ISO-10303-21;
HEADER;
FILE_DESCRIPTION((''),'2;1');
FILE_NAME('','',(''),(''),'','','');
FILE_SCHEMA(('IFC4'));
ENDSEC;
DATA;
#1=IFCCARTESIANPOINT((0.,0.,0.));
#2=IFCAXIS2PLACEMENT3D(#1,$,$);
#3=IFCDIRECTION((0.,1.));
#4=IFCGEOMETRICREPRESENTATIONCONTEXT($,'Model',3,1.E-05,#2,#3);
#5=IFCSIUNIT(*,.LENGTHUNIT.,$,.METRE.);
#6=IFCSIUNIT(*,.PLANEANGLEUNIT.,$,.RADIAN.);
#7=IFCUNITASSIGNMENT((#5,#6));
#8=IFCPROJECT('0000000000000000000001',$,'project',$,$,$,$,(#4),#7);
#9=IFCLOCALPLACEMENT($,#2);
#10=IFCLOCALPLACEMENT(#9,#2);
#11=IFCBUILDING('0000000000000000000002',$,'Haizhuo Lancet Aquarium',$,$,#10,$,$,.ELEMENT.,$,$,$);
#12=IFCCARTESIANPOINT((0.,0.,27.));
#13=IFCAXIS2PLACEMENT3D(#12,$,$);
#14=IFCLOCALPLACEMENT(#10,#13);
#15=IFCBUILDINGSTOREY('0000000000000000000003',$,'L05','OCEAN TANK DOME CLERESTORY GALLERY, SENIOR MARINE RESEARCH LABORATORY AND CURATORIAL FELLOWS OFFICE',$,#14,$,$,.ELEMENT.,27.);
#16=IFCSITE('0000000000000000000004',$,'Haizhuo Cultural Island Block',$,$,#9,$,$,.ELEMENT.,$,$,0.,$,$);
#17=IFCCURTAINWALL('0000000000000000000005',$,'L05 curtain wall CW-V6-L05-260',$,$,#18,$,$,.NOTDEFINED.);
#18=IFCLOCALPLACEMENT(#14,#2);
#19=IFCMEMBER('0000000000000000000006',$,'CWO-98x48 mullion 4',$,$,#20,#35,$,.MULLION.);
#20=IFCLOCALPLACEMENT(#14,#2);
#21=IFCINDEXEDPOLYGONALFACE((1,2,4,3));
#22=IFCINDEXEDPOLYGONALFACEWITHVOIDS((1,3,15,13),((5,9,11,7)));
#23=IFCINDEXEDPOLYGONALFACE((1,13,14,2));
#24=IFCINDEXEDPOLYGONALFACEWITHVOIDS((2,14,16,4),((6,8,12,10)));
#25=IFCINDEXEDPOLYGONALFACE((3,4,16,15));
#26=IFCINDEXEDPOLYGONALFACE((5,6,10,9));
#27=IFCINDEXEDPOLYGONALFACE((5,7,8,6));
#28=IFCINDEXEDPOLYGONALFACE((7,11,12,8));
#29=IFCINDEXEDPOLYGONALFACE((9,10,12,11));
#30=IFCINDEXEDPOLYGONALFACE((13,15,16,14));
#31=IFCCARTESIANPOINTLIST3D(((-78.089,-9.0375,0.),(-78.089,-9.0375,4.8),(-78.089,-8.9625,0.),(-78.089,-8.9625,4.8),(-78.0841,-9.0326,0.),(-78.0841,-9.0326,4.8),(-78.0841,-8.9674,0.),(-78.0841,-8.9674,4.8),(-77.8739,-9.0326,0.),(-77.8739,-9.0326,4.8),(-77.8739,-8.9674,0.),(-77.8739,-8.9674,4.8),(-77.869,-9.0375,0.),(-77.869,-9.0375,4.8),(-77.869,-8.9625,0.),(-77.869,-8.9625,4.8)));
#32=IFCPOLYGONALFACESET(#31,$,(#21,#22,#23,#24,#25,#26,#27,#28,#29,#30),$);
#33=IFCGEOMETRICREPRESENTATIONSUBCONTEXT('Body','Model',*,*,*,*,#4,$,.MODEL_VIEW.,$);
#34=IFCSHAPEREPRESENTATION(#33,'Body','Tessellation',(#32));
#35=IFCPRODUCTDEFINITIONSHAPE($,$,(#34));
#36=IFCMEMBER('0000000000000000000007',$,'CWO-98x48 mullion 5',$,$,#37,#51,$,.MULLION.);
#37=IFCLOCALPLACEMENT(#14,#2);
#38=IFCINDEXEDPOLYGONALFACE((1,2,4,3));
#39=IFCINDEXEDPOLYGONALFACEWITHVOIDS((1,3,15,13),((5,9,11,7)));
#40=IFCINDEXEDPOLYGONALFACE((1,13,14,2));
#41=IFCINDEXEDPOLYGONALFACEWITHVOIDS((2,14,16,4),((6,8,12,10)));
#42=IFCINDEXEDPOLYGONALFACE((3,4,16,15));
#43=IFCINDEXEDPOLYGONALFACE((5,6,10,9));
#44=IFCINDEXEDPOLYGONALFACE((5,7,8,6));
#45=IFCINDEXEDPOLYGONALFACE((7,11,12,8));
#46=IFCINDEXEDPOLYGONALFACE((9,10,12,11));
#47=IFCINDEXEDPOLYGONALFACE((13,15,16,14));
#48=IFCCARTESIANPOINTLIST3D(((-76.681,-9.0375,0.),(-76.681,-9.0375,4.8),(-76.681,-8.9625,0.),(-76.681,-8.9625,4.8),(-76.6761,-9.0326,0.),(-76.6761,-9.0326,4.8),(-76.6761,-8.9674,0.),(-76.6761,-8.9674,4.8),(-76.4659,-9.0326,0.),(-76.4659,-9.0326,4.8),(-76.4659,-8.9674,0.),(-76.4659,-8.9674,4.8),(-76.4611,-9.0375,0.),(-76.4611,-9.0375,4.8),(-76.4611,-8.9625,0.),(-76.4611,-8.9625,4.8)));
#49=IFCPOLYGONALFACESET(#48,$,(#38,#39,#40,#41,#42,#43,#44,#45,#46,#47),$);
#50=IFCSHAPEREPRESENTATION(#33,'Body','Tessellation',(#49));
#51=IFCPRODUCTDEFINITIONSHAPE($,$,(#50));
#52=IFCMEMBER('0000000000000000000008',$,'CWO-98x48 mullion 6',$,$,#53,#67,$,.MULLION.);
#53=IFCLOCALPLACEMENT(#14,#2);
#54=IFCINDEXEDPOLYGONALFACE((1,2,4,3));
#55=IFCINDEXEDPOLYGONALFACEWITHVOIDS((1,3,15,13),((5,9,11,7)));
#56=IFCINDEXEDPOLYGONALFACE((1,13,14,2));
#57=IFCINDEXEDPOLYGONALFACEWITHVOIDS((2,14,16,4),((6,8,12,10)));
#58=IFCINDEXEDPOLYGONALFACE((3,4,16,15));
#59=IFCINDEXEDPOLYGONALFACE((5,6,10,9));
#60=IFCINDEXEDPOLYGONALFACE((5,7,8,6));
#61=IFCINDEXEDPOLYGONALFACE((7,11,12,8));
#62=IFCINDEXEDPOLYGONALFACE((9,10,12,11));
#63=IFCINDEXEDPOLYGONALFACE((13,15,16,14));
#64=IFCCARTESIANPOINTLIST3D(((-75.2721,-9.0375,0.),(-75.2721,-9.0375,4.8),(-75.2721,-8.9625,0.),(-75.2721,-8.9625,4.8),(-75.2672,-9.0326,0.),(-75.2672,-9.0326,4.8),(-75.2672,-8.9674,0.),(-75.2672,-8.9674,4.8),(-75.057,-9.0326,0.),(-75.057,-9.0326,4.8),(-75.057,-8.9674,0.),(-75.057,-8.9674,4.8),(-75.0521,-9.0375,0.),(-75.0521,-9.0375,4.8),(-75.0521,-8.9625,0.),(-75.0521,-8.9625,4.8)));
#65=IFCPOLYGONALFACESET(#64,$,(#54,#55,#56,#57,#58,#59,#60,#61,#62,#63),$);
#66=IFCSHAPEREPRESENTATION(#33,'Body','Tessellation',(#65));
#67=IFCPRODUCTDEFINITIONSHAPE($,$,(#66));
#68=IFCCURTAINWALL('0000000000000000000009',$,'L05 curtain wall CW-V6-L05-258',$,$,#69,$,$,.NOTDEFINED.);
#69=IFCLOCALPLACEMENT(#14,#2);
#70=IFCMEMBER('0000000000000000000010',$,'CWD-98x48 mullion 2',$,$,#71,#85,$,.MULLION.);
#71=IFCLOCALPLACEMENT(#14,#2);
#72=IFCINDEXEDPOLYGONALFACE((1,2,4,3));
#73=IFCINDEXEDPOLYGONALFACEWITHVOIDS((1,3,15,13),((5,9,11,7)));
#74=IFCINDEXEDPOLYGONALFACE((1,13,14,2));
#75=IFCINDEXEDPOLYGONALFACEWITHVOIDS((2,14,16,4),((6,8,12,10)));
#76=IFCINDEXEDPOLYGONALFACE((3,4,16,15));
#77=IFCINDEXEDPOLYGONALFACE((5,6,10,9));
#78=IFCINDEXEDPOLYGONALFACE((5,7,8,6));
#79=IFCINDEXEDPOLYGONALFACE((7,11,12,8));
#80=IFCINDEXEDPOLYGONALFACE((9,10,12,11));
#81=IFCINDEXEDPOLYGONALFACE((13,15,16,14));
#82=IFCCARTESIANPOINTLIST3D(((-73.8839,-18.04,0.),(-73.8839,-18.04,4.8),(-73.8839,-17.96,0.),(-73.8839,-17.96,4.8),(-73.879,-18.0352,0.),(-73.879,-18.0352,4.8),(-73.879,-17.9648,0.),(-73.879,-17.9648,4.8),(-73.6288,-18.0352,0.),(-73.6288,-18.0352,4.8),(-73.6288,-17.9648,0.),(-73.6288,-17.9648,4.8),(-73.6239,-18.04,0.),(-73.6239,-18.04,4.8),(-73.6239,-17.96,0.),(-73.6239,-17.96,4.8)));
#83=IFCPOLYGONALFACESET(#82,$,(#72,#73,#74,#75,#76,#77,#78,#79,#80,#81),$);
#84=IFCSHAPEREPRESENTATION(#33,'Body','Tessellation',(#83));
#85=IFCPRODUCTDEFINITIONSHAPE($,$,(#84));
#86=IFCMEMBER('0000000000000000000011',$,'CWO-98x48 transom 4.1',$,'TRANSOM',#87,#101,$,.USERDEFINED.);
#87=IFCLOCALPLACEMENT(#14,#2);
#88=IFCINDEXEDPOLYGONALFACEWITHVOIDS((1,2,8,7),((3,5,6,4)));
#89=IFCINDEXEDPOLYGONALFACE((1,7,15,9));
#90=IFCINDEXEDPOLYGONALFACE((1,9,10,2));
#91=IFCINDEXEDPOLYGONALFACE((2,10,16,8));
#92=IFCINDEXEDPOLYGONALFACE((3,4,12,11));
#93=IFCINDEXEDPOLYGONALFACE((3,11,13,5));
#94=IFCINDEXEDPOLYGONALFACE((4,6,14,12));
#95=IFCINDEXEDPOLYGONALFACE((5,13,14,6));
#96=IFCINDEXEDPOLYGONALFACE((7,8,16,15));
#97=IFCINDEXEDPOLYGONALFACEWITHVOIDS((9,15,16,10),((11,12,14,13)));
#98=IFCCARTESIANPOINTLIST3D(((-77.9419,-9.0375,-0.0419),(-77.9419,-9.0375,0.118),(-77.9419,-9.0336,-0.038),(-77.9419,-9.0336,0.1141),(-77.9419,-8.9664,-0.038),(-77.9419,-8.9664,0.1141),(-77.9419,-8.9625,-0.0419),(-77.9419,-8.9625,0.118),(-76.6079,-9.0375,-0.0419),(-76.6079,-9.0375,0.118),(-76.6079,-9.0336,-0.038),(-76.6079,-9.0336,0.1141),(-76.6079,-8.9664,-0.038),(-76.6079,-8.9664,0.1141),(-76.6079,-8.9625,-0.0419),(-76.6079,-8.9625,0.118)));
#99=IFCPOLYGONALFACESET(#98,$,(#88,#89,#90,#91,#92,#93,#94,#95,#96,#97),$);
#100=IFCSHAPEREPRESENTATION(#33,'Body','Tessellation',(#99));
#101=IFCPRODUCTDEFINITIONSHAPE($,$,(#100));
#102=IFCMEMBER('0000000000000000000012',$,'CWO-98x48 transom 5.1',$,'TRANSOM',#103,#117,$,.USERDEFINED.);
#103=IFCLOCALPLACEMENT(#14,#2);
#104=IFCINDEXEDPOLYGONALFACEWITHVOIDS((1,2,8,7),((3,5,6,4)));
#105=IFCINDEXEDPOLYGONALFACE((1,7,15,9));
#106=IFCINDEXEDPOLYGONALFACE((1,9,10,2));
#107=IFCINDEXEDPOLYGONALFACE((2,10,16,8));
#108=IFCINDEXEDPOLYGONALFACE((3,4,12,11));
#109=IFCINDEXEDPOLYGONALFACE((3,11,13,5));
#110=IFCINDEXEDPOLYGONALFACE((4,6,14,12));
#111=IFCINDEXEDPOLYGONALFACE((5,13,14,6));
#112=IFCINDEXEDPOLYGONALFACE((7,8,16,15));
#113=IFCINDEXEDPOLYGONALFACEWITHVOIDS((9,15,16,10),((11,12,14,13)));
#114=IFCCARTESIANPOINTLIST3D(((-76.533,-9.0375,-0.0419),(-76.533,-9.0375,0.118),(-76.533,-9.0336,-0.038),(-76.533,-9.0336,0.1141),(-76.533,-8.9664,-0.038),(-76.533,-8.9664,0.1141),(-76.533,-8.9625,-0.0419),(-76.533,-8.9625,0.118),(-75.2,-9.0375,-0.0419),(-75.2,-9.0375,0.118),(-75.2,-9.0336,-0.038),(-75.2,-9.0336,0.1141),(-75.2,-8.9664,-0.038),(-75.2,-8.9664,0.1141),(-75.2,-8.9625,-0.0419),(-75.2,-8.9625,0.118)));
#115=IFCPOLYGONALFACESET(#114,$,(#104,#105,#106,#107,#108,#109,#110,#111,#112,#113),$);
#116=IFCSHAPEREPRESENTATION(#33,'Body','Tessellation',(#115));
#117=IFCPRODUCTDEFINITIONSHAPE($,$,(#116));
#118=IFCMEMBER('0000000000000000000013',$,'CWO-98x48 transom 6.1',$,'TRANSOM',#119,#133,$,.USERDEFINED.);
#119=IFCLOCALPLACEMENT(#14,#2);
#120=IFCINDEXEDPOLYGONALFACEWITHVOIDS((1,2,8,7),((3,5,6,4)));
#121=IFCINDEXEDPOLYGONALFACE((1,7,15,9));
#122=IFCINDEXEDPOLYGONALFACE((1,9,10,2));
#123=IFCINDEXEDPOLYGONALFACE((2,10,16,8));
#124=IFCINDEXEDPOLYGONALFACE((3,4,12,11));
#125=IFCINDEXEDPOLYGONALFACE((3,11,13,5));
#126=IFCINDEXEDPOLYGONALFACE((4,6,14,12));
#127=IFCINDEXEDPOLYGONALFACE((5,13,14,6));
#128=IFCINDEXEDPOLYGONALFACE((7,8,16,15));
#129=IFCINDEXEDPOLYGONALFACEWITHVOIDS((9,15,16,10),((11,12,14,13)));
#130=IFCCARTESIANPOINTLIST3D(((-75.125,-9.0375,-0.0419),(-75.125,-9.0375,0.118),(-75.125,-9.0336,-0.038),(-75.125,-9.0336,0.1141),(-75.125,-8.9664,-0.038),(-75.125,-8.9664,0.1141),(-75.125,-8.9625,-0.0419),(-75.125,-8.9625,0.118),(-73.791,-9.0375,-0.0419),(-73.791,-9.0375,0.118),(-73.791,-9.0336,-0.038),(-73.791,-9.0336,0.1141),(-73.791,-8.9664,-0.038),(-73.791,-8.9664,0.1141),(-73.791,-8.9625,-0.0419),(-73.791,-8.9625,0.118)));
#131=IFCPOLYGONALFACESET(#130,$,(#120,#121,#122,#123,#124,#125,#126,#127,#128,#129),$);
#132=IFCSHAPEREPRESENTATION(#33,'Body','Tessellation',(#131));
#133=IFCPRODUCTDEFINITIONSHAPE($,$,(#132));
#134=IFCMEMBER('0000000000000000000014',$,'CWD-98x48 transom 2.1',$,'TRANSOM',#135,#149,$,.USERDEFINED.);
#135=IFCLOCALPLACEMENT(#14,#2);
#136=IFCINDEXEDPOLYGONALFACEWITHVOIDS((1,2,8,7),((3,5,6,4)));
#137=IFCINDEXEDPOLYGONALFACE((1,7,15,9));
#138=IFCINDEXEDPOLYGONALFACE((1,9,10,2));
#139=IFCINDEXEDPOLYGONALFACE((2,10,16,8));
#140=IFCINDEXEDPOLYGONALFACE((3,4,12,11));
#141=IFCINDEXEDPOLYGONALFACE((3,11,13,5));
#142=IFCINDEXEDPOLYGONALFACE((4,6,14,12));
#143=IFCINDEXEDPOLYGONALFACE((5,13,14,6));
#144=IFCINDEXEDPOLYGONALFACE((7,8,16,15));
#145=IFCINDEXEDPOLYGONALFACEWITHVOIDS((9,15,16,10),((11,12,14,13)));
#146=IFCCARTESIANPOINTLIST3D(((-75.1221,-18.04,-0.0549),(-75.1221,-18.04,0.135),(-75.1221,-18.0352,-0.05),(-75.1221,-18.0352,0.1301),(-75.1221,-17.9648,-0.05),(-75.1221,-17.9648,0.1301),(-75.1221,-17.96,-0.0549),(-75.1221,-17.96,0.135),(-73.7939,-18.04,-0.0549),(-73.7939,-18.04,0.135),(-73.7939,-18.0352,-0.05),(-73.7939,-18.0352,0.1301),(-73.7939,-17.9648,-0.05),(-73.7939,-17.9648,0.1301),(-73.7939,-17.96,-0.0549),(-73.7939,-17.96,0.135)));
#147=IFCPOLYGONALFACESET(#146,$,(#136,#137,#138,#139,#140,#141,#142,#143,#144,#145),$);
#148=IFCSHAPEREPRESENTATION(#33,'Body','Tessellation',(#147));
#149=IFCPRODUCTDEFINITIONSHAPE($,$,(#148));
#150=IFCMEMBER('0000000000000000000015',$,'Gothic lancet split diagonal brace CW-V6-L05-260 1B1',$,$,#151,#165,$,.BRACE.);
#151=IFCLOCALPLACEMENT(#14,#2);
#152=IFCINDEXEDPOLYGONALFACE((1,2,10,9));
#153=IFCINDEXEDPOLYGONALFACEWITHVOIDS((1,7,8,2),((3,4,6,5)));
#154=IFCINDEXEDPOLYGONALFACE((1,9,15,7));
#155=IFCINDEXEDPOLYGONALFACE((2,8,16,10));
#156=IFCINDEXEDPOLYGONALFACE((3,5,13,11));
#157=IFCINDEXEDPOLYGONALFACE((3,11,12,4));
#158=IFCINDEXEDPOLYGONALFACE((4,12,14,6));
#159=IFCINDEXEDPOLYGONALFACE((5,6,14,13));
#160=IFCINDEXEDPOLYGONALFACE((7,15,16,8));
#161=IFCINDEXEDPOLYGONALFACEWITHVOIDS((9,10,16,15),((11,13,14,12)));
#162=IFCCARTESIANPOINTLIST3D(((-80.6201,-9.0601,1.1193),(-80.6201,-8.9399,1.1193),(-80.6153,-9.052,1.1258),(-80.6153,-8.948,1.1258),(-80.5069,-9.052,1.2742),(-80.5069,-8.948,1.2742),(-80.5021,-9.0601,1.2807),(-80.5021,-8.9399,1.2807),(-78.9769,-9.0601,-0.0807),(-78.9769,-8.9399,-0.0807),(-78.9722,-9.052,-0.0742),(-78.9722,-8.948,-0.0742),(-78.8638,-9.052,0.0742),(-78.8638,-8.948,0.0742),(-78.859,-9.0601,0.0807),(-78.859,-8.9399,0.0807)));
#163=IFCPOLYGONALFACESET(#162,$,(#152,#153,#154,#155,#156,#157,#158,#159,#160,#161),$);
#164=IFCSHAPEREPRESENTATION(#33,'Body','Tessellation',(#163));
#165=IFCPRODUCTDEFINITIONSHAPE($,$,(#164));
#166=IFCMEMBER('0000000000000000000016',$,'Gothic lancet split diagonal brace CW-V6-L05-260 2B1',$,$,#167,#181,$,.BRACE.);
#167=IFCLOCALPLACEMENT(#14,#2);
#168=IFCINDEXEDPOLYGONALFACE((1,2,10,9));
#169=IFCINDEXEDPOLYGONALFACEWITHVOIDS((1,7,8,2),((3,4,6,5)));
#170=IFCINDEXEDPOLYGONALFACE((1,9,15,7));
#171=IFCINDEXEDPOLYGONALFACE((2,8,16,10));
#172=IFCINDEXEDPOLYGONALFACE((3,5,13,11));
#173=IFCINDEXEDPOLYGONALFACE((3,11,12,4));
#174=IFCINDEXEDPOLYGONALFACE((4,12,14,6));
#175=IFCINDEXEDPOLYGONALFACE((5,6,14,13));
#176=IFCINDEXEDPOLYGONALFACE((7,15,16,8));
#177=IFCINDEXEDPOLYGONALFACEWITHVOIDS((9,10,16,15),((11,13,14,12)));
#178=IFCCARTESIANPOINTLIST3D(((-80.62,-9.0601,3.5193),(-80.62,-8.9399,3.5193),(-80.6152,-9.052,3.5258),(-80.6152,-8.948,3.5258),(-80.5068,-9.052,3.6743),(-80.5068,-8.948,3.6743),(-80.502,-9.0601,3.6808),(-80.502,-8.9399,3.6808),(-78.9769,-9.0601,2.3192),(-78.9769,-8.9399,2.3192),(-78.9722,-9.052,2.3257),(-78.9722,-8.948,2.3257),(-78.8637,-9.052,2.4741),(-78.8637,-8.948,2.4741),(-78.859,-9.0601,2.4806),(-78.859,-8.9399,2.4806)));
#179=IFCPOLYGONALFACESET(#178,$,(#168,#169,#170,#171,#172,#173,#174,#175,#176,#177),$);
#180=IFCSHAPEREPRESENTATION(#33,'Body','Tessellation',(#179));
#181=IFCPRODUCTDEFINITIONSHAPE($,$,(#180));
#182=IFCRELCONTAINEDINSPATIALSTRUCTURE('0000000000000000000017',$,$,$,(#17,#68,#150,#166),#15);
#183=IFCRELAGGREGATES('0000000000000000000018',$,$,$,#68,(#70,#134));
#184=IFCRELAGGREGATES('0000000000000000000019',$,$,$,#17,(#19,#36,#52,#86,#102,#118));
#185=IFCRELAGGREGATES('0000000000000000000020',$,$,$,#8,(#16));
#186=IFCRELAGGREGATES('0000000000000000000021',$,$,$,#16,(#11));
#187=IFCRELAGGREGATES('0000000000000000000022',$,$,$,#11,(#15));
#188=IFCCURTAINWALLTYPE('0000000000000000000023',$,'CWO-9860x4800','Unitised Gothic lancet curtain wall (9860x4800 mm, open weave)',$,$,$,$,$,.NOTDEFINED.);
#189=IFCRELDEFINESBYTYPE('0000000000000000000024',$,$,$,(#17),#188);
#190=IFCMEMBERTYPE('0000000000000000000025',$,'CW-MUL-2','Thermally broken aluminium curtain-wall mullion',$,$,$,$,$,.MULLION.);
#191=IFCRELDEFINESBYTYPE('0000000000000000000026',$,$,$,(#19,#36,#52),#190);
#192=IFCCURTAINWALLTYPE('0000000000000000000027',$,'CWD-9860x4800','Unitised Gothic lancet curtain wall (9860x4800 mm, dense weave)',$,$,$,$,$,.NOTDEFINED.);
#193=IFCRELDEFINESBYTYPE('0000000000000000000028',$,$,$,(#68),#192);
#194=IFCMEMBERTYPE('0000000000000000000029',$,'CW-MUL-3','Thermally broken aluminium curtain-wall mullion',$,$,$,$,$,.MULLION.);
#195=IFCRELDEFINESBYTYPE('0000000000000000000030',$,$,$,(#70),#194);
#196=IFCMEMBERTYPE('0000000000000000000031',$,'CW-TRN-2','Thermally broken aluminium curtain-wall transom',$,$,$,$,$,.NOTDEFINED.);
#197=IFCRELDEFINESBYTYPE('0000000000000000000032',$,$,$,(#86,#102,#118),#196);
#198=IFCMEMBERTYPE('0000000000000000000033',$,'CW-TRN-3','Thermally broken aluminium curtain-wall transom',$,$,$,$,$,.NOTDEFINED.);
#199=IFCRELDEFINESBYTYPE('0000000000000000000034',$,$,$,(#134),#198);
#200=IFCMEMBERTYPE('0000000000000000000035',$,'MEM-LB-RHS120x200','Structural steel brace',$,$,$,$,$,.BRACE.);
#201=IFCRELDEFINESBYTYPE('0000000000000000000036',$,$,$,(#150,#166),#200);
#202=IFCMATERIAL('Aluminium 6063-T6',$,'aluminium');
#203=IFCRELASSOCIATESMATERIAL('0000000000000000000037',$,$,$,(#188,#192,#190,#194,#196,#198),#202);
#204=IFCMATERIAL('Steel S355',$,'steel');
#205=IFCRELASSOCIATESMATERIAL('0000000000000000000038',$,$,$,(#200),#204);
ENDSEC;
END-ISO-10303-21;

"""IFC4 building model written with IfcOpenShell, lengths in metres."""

from ifc_helpers import new_model, si_unit, direction, frame, origin, origin_2d, place, context, subcontext, project, spatial, hollow_rectangle, extrude, material, material_profile, profile_set, type_object, element, aggregate, save


model = new_model("IFC4")

# Units and contexts
model_context = context("Model", 3, precision=1e-05, world=origin(), true_north=direction((0.0, 1.0)))
body_context = subcontext(model_context, "Body", "Model", "MODEL_VIEW")
ifc_project = project(units=[si_unit("LENGTHUNIT", "METRE"), si_unit("PLANEANGLEUNIT", "RADIAN")], contexts=[model_context])

# Site, building, storey
site_placement = place(None, origin())
site = spatial("IfcSite", under=ifc_project, at=site_placement, Name="Haizhuo Cultural Island Block", CompositionType="ELEMENT", RefElevation=0.0)
building_placement = place(site_placement, origin())
building = spatial("IfcBuilding", under=site, at=building_placement, Name="Haizhuo Lancet Aquarium", CompositionType="ELEMENT")
storey_placement = place(building_placement, frame((0.0, 0.0, 27.0)))
storey = spatial("IfcBuildingStorey", under=building, at=storey_placement, Name="L05", Description="OCEAN TANK DOME CLERESTORY GALLERY, SENIOR MARINE RESEARCH LABORATORY AND CURATORIAL FELLOWS OFFICE", CompositionType="ELEMENT", Elevation=27.0)

# Curtain wall, members
ifc_material_1 = material(Name="Aluminium 6063-T6", Category="aluminium")
curtain_wall_type_1 = type_object("IfcCurtainWallType", Name="CWO-9860x4800", Description="Unitised Gothic lancet curtain wall (9860x4800 mm, open weave)", PredefinedType="NOTDEFINED", material=ifc_material_1)
curtain_wall_1_placement = place(storey_placement, origin())
curtain_wall_1 = element("IfcCurtainWall", 1, at=curtain_wall_1_placement, inside=storey, type_object=curtain_wall_type_1, Name="L05 curtain wall CW-V6-L05-260", PredefinedType="NOTDEFINED")
ifc_material_profile_1 = material_profile(ifc_material_1, hollow_rectangle(XDim=0.075, YDim=0.22, WallThickness=0.0049, at=origin_2d()), Name="ALU-M 75x220x5")
ifc_profile_set_1 = profile_set([ifc_material_profile_1], Name="Aluminium 6063-T6")
member_type_1 = type_object("IfcMemberType", Name="CW-MUL-2", Description="Thermally broken aluminium curtain-wall mullion", PredefinedType="MULLION", material=ifc_profile_set_1)
member_1_placement = place(storey_placement, frame((-77.979, -9.0, 0.0), z_axis=(0.0, 0.0, 1.0), x_axis=(0.0, 1.0, 0.0)))
member_1 = element("IfcMember", 2, at=member_1_placement, type_object=member_type_1, Name="CWO-98x48 mullion 4", PredefinedType="MULLION", context=body_context, shape_type="SweptSolid", body=[
    extrude(hollow_rectangle(XDim=0.075, YDim=0.22, WallThickness=0.0049, at=origin_2d()), origin(), (0.0, 0.0, 1.0), 4.8),
])
member_2_placement = place(storey_placement, frame((-76.571, -9.0, 0.0), z_axis=(0.0, 0.0, 1.0), x_axis=(0.0, 1.0, 0.0)))
member_2 = element("IfcMember", 3, at=member_2_placement, type_object=member_type_1, Name="CWO-98x48 mullion 5", PredefinedType="MULLION", context=body_context, shape_type="SweptSolid", body=[
    extrude(hollow_rectangle(XDim=0.075, YDim=0.22, WallThickness=0.0049, at=origin_2d()), origin(), (0.0, 0.0, 1.0), 4.8),
])
member_3_placement = place(storey_placement, frame((-75.1621, -9.0, 0.0), z_axis=(0.0, 0.0, 1.0), x_axis=(0.0, 1.0, 0.0)))
member_3 = element("IfcMember", 4, at=member_3_placement, type_object=member_type_1, Name="CWO-98x48 mullion 6", PredefinedType="MULLION", context=body_context, shape_type="SweptSolid", body=[
    extrude(hollow_rectangle(XDim=0.075, YDim=0.22, WallThickness=0.0049, at=origin_2d()), origin(), (0.0, 0.0, 1.0), 4.8),
])

# Curtain wall, member
curtain_wall_type_2 = type_object("IfcCurtainWallType", Name="CWD-9860x4800", Description="Unitised Gothic lancet curtain wall (9860x4800 mm, dense weave)", PredefinedType="NOTDEFINED", material=ifc_material_1)
curtain_wall_2_placement = place(storey_placement, origin())
curtain_wall_2 = element("IfcCurtainWall", 5, at=curtain_wall_2_placement, inside=storey, type_object=curtain_wall_type_2, Name="L05 curtain wall CW-V6-L05-258", PredefinedType="NOTDEFINED")
ifc_material_profile_2 = material_profile(ifc_material_1, hollow_rectangle(XDim=0.0801, YDim=0.26, WallThickness=0.0049, at=origin_2d()), Name="ALU-M 80x260x5")
ifc_profile_set_2 = profile_set([ifc_material_profile_2], Name="Aluminium 6063-T6")
member_type_2 = type_object("IfcMemberType", Name="CW-MUL-3", Description="Thermally broken aluminium curtain-wall mullion", PredefinedType="MULLION", material=ifc_profile_set_2)
member_4_placement = place(storey_placement, frame((-73.7539, -18.0, 0.0), z_axis=(0.0, 0.0, 1.0), x_axis=(0.0, -1.0, 0.0)))
member_4 = element("IfcMember", 6, at=member_4_placement, type_object=member_type_2, Name="CWD-98x48 mullion 2", PredefinedType="MULLION", context=body_context, shape_type="SweptSolid", body=[
    extrude(hollow_rectangle(XDim=0.0801, YDim=0.26, WallThickness=0.0049, at=origin_2d()), origin(), (0.0, 0.0, 1.0), 4.8),
])

# Members
ifc_material_profile_3 = material_profile(ifc_material_1, hollow_rectangle(XDim=0.075, YDim=0.1599, WallThickness=0.0039, at=origin_2d()), Name="ALU-T 75x160x4")
ifc_profile_set_3 = profile_set([ifc_material_profile_3], Name="Aluminium 6063-T6")
member_type_3 = type_object("IfcMemberType", Name="CW-TRN-2", Description="Thermally broken aluminium curtain-wall transom", PredefinedType="NOTDEFINED", material=ifc_profile_set_3)
member_5_placement = place(storey_placement, frame((-77.9419, -9.0, 0.0381), z_axis=(1.0, 0.0, 0.0), x_axis=(0.0, 1.0, 0.0)))
member_5 = element("IfcMember", 7, at=member_5_placement, type_object=member_type_3, Name="CWO-98x48 transom 4.1", ObjectType="TRANSOM", PredefinedType="USERDEFINED", context=body_context, shape_type="SweptSolid", body=[
    extrude(hollow_rectangle(XDim=0.075, YDim=0.1599, WallThickness=0.0039, at=origin_2d()), origin(), (0.0, 0.0, 1.0), 1.334),
])
member_6_placement = place(storey_placement, frame((-76.533, -9.0, 0.0381), z_axis=(1.0, 0.0, 0.0), x_axis=(0.0, 1.0, 0.0)))
member_6 = element("IfcMember", 8, at=member_6_placement, type_object=member_type_3, Name="CWO-98x48 transom 5.1", ObjectType="TRANSOM", PredefinedType="USERDEFINED", context=body_context, shape_type="SweptSolid", body=[
    extrude(hollow_rectangle(XDim=0.075, YDim=0.1599, WallThickness=0.0039, at=origin_2d()), origin(), (0.0, 0.0, 1.0), 1.333),
])
member_7_placement = place(storey_placement, frame((-75.125, -9.0, 0.0381), z_axis=(1.0, 0.0, 0.0), x_axis=(0.0, 1.0, 0.0)))
member_7 = element("IfcMember", 9, at=member_7_placement, type_object=member_type_3, Name="CWO-98x48 transom 6.1", ObjectType="TRANSOM", PredefinedType="USERDEFINED", context=body_context, shape_type="SweptSolid", body=[
    extrude(hollow_rectangle(XDim=0.075, YDim=0.1599, WallThickness=0.0039, at=origin_2d()), origin(), (0.0, 0.0, 1.0), 1.334),
])
ifc_material_profile_4 = material_profile(ifc_material_1, hollow_rectangle(XDim=0.0801, YDim=0.1899, WallThickness=0.0049, at=origin_2d()), Name="ALU-T 80x190x5")
ifc_profile_set_4 = profile_set([ifc_material_profile_4], Name="Aluminium 6063-T6")
member_type_4 = type_object("IfcMemberType", Name="CW-TRN-3", Description="Thermally broken aluminium curtain-wall transom", PredefinedType="NOTDEFINED", material=ifc_profile_set_4)
member_8_placement = place(storey_placement, frame((-73.7939, -18.0, 0.04), z_axis=(-1.0, 0.0, 0.0), x_axis=(0.0, -1.0, 0.0)))
member_8 = element("IfcMember", 10, at=member_8_placement, type_object=member_type_4, Name="CWD-98x48 transom 2.1", ObjectType="TRANSOM", PredefinedType="USERDEFINED", context=body_context, shape_type="SweptSolid", body=[
    extrude(hollow_rectangle(XDim=0.0801, YDim=0.1899, WallThickness=0.0049, at=origin_2d()), origin(), (0.0, 0.0, 1.0), 1.3281),
])
aggregate(curtain_wall_2, [member_4, member_8])

# Members
ifc_material_2 = material(Name="Steel S355", Category="steel")
ifc_material_profile_5 = material_profile(ifc_material_2, hollow_rectangle(XDim=0.1201, YDim=0.2, WallThickness=0.0081, at=origin_2d()), Name="RHS 120x200x8")
ifc_profile_set_5 = profile_set([ifc_material_profile_5], Name="Steel S355")
member_type_5 = type_object("IfcMemberType", Name="MEM-LB-RHS120x200", Description="Structural steel brace", PredefinedType="BRACE", material=ifc_profile_set_5)
for number, where, z_axis, x_axis, name in (
    (11, (-78.918, -9.0, 0.0), (-0.807567, 0.0, 0.589776), (0.0, -1.0, 0.0), "Gothic lancet split diagonal brace CW-V6-L05-260 1B1"),
    (12, (-78.918, -9.0, 2.3999), (-0.80751, 0.0, 0.589854), (0.0, -1.0, 0.0), "Gothic lancet split diagonal brace CW-V6-L05-260 2B1"),
):
    element("IfcMember", number, at=place(storey_placement, frame(where, z_axis=z_axis, x_axis=x_axis)), inside=storey, type_object=member_type_5, Name=name, PredefinedType="BRACE", context=body_context, shape_type="SweptSolid", body=[
        extrude(hollow_rectangle(XDim=0.1201, YDim=0.2, WallThickness=0.0081, at=origin_2d()), origin(), (0.0, 0.0, 1.0), 2.0347),
    ])

aggregate(curtain_wall_1, [member_1, member_2, member_3, member_5, member_6, member_7])

save(model, "model.ifc")
